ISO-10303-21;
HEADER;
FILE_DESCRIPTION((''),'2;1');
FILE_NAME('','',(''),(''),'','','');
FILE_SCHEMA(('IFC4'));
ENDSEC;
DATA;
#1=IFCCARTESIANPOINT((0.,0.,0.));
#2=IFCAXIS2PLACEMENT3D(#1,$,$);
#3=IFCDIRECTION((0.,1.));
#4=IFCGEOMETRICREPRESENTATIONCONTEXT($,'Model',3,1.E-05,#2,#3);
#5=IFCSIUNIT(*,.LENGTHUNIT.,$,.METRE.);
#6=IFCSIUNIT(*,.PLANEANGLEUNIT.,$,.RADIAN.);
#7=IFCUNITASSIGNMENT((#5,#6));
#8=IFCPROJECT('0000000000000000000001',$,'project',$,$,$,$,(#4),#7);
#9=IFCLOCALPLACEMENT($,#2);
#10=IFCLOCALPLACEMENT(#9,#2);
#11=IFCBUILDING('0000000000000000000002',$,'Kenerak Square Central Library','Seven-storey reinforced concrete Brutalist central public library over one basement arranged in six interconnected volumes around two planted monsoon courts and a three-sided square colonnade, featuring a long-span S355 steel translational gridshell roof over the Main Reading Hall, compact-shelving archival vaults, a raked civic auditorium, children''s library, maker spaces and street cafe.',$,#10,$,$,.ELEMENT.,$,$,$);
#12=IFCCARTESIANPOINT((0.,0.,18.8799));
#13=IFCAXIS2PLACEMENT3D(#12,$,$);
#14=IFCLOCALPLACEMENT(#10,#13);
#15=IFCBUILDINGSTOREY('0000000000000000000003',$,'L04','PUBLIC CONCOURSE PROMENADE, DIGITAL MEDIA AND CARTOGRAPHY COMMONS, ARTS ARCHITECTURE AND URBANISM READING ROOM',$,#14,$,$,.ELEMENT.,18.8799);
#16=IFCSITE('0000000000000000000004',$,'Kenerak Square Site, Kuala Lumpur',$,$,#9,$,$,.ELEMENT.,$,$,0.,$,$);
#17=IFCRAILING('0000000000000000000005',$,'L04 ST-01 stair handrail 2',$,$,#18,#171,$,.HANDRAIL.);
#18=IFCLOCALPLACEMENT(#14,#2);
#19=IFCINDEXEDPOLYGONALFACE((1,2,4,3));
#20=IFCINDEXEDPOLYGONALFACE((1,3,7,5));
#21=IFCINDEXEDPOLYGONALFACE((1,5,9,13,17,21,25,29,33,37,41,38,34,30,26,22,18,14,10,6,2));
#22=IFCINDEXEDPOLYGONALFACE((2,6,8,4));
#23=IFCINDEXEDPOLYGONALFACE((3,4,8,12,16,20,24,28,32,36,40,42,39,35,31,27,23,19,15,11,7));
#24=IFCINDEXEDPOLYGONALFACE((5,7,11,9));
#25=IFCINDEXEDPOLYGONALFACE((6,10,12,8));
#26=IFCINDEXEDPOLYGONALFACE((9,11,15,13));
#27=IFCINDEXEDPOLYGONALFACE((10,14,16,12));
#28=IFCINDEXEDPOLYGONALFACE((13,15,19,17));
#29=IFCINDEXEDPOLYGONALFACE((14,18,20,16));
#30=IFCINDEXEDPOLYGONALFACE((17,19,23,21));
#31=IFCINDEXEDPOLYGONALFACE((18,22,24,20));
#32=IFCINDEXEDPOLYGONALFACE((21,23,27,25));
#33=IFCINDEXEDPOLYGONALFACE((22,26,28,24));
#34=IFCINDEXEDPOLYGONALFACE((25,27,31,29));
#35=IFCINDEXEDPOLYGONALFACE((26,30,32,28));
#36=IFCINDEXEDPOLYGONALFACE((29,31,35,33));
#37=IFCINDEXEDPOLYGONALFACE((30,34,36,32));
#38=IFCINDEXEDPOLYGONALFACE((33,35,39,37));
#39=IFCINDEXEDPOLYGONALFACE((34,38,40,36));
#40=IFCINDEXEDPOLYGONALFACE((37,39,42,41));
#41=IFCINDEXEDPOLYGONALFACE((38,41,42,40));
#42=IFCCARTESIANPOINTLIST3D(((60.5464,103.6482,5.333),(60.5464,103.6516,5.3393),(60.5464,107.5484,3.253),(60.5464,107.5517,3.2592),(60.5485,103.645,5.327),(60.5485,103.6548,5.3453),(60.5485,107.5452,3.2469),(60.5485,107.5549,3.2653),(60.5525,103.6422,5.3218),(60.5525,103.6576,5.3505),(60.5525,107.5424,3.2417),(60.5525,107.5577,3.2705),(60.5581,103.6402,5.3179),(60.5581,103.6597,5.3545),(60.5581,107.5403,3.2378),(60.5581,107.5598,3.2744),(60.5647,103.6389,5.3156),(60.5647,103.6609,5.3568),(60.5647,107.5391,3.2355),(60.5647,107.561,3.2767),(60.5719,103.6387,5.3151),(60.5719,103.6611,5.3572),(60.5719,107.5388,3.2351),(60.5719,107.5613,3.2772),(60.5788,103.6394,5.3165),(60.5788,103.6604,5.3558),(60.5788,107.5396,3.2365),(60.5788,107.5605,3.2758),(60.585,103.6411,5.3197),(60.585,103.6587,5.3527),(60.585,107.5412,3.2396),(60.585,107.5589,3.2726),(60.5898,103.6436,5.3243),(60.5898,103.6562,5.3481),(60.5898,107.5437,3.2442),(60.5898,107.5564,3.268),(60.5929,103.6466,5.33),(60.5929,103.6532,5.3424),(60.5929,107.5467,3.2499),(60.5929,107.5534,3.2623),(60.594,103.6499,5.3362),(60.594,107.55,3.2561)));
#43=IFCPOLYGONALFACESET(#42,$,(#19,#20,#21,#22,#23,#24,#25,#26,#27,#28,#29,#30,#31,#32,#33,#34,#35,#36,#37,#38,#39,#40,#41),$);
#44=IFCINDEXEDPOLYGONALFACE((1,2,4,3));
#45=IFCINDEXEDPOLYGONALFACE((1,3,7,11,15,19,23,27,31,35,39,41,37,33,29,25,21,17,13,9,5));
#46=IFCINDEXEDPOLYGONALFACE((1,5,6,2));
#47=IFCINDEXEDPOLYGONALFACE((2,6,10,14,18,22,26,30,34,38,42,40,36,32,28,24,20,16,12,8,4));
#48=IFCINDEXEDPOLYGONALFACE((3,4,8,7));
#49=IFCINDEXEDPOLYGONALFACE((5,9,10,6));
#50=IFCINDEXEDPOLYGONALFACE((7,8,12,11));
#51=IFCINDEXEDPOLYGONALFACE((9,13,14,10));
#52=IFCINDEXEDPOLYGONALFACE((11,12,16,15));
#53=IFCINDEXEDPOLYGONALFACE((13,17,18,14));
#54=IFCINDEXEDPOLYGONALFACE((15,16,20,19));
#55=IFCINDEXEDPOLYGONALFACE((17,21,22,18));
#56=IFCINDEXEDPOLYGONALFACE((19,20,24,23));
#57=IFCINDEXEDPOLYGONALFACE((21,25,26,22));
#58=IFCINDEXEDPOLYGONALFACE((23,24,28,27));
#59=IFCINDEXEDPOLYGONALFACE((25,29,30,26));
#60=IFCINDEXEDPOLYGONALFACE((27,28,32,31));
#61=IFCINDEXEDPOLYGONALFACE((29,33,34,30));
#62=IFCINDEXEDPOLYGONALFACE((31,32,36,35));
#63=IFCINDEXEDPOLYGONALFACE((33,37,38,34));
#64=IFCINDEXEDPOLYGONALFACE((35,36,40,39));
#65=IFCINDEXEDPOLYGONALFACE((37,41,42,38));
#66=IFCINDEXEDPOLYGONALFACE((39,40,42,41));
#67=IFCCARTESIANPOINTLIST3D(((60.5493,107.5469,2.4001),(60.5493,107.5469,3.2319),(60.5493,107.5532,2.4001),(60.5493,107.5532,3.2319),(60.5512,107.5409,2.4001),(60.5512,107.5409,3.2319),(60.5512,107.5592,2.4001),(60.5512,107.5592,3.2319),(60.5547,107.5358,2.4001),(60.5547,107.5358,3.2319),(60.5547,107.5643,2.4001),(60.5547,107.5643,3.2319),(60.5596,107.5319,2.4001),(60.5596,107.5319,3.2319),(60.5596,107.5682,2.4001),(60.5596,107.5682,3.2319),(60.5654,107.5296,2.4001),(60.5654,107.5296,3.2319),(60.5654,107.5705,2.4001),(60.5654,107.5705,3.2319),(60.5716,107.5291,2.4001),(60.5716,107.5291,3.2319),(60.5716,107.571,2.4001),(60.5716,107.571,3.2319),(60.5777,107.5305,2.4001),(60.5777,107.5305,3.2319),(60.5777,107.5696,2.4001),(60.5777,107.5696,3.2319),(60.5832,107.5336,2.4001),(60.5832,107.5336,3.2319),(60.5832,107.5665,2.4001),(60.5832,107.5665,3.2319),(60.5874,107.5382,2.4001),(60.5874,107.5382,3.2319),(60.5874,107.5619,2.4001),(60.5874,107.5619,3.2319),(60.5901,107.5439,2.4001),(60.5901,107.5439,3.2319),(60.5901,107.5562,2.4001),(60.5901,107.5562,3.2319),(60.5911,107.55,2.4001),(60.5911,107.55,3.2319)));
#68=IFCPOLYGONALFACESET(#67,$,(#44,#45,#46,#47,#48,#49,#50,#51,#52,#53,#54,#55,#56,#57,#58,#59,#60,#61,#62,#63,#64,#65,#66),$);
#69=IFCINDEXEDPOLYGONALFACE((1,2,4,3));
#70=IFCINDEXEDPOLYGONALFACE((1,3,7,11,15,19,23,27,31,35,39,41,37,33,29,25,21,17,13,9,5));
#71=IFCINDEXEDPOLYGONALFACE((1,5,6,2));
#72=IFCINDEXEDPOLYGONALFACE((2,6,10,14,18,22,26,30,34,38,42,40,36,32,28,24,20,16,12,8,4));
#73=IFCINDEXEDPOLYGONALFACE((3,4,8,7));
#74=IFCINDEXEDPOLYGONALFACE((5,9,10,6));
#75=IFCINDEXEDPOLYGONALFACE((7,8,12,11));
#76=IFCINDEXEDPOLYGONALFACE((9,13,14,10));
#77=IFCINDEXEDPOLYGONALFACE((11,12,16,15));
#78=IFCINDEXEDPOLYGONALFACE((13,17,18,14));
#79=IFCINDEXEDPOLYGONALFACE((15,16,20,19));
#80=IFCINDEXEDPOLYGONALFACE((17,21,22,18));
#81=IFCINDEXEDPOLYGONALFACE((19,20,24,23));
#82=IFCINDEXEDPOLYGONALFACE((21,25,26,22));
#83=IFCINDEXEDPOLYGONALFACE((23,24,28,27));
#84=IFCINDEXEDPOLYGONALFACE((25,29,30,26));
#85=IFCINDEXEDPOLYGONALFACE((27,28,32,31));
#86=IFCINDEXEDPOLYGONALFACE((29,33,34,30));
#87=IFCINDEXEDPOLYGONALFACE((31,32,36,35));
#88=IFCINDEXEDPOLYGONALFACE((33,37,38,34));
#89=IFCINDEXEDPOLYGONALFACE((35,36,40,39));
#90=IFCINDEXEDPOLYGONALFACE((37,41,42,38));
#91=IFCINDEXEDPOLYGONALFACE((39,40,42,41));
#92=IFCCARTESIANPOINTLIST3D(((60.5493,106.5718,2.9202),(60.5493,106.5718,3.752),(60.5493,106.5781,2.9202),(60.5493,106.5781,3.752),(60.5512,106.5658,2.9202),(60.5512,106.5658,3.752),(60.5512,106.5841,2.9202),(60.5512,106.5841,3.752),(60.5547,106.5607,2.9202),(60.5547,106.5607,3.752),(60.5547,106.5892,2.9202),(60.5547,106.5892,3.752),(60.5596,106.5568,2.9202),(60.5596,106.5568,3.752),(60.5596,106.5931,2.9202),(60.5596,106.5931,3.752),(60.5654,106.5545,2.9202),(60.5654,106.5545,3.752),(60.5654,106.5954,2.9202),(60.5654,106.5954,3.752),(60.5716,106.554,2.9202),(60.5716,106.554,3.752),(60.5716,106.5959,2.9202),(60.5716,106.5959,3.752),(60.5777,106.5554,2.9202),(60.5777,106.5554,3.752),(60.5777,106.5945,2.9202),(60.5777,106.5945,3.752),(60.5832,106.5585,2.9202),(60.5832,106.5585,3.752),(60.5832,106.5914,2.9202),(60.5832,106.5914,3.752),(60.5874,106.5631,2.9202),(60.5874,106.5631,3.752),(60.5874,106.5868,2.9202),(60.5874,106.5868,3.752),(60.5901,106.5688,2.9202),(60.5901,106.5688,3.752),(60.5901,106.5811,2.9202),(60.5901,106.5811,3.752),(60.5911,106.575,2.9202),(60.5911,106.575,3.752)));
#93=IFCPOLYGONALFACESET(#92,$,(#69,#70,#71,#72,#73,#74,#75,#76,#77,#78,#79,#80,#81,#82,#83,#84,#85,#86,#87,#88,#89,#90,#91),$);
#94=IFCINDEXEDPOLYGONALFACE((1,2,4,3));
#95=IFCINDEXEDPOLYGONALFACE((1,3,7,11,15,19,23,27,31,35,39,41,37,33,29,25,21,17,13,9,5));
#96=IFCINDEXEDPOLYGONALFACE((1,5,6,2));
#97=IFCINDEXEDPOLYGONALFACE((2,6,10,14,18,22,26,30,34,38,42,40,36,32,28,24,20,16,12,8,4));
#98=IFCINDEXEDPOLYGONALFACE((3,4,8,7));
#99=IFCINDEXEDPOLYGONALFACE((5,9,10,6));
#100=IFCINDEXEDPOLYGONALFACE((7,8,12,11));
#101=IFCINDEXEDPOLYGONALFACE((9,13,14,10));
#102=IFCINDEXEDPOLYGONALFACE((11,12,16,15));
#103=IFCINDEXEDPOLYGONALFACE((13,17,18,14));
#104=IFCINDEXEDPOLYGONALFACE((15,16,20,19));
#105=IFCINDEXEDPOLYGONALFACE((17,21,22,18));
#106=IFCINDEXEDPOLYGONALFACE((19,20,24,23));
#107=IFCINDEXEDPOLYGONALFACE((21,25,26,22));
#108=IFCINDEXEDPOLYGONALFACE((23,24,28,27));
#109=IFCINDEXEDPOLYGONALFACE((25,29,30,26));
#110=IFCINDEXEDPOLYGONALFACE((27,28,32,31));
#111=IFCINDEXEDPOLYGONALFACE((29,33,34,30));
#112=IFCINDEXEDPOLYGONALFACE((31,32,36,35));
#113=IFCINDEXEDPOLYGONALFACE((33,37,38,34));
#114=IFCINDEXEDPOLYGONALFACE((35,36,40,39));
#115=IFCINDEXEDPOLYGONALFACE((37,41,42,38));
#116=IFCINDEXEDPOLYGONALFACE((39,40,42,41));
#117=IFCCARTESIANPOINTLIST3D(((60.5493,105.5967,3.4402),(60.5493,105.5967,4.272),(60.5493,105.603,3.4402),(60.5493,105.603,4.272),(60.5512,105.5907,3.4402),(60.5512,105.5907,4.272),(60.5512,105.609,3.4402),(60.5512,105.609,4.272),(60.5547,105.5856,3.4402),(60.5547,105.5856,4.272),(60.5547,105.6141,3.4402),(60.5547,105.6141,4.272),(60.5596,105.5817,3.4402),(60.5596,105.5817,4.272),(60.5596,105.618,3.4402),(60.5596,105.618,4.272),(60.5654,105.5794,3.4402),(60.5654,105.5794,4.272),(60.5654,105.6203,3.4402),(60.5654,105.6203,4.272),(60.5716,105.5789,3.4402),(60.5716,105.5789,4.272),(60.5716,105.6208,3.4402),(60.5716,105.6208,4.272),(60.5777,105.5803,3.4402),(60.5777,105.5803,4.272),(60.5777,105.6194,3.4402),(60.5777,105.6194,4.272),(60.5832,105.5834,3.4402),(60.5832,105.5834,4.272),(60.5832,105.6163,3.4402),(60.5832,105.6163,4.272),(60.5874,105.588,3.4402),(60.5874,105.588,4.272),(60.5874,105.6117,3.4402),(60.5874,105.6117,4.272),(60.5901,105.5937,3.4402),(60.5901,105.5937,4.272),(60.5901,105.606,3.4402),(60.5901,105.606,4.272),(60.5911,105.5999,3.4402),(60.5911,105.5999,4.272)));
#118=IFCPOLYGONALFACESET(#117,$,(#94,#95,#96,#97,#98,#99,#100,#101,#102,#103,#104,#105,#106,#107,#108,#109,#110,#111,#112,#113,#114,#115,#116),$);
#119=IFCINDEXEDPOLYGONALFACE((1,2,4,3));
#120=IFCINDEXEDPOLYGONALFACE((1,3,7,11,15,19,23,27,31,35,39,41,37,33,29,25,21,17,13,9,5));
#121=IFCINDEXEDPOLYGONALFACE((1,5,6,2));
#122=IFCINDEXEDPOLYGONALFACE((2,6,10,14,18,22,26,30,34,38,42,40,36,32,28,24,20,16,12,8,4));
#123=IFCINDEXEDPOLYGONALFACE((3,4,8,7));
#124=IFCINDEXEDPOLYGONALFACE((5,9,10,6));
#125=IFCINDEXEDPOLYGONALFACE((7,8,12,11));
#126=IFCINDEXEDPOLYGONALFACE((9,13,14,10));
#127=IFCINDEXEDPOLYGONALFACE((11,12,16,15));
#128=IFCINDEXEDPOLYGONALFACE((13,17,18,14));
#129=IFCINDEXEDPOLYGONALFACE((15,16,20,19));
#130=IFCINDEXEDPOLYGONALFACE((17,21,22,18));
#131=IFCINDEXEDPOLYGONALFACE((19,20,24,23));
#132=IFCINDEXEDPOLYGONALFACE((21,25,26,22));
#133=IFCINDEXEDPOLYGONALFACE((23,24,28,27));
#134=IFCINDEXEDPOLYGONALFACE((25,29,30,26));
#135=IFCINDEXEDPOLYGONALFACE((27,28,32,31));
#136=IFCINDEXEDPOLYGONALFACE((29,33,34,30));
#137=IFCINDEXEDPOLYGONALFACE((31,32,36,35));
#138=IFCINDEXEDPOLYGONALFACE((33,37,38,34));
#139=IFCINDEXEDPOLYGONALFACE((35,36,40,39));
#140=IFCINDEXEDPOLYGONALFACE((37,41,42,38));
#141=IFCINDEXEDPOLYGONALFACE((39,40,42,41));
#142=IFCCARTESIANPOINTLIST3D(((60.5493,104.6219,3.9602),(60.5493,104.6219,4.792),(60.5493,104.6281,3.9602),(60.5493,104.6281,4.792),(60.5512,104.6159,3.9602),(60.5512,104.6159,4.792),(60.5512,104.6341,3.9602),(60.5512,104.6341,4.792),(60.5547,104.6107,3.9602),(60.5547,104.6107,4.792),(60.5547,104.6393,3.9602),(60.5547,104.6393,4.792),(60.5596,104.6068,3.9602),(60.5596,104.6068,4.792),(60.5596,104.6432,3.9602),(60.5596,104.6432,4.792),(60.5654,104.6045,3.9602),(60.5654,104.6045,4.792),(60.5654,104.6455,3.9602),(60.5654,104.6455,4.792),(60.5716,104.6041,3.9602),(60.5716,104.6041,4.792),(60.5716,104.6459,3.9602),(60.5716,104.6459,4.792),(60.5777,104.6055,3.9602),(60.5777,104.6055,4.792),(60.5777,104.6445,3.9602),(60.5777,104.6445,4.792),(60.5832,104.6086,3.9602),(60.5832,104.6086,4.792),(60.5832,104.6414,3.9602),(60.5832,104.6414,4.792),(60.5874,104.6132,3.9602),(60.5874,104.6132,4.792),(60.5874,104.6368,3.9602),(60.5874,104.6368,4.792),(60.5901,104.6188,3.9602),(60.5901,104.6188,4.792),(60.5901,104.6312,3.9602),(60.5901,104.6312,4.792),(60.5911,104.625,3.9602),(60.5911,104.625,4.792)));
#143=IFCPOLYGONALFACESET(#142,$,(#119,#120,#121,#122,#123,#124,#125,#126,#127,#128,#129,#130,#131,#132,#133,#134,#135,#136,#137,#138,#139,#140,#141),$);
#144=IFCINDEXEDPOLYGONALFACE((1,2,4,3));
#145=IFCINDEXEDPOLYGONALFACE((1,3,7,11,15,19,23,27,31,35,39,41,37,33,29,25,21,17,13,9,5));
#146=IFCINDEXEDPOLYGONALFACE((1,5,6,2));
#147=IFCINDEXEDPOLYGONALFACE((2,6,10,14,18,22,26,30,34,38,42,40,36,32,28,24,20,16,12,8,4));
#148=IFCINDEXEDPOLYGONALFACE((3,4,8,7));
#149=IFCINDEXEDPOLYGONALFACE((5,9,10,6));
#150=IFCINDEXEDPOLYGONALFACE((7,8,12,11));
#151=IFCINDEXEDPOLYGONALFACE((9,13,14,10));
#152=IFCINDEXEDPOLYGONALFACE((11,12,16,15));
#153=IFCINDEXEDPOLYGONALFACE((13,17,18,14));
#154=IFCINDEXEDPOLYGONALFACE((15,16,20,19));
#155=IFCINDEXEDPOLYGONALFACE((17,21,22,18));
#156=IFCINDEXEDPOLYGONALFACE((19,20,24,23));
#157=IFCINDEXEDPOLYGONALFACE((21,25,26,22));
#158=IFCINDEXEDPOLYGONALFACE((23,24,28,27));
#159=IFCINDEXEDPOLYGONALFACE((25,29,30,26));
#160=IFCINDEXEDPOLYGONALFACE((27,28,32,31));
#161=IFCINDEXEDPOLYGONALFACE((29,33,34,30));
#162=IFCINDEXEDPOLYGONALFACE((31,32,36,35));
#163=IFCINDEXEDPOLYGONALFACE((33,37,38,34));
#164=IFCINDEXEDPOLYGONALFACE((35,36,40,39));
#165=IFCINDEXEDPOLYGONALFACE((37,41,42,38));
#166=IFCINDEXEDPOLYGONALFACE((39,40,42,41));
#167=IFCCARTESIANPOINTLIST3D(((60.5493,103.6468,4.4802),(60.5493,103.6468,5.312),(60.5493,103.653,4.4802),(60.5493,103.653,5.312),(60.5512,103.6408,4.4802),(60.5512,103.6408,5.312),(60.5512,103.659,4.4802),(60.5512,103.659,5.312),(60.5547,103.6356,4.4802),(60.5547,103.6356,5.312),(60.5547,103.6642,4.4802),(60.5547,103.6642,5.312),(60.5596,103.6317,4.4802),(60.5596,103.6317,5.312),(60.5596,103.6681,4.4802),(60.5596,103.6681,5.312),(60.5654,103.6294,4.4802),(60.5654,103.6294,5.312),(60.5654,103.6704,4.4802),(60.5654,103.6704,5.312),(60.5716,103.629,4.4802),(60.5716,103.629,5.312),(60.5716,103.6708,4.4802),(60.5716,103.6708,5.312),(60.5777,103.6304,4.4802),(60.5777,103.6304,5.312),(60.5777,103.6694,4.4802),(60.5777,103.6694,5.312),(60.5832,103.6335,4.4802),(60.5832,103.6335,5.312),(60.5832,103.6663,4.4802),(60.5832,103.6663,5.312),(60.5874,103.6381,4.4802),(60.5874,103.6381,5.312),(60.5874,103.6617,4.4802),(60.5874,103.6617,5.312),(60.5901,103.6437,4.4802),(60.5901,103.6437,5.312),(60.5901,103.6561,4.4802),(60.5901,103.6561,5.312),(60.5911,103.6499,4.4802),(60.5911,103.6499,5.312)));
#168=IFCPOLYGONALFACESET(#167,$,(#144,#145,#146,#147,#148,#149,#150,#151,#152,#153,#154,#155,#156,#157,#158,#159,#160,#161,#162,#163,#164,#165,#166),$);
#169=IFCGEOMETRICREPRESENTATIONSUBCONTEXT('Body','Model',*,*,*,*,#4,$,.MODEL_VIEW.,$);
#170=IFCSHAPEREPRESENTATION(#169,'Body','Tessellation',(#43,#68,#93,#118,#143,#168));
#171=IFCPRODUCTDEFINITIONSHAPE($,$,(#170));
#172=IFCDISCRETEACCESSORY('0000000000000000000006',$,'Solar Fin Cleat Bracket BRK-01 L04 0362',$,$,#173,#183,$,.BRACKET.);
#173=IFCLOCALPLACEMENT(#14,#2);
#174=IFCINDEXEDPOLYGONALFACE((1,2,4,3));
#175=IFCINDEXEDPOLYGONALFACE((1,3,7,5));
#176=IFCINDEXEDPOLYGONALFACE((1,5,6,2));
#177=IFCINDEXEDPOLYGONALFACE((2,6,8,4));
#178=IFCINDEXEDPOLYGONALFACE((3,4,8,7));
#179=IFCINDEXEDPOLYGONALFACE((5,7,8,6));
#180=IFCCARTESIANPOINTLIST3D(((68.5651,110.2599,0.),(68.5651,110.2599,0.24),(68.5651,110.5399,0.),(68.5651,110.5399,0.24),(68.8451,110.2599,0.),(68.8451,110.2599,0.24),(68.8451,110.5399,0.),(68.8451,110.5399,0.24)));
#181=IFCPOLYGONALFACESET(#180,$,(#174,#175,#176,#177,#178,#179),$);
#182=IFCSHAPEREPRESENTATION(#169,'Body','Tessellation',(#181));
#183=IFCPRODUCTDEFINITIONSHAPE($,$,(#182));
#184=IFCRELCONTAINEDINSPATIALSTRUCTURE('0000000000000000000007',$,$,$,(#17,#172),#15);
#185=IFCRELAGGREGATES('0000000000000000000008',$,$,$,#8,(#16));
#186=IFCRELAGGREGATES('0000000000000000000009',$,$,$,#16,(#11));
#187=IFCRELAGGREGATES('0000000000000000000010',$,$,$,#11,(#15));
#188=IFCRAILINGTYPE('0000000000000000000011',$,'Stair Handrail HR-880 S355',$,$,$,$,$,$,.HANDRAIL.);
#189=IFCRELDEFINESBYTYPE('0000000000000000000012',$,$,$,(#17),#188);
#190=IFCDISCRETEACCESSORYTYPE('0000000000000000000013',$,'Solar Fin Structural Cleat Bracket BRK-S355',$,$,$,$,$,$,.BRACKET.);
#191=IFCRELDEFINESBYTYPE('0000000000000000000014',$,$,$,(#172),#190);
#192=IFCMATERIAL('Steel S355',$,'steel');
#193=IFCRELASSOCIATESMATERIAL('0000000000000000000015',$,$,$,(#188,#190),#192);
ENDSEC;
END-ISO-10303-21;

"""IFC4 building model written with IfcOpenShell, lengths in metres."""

from ifc_helpers import new_model, si_unit, direction, frame, origin, origin_2d, place, context, subcontext, project, spatial, rectangle, circle, extrude, material, type_object, element, save


model = new_model("IFC4")

# Units and contexts
model_context = context("Model", 3, precision=1e-05, world=origin(), true_north=direction((0.0, 1.0)))
body_context = subcontext(model_context, "Body", "Model", "MODEL_VIEW")
ifc_project = project(units=[si_unit("LENGTHUNIT", "METRE"), si_unit("PLANEANGLEUNIT", "RADIAN")], contexts=[model_context])

# Site, building, storey
site_placement = place(None, origin())
site = spatial("IfcSite", under=ifc_project, at=site_placement, Name="Kenerak Square Site, Kuala Lumpur", CompositionType="ELEMENT", RefElevation=0.0)
building_placement = place(site_placement, origin())
building = spatial("IfcBuilding", under=site, at=building_placement, Name="Kenerak Square Central Library", Description="Seven-storey reinforced concrete Brutalist central public library over one basement arranged in six interconnected volumes around two planted monsoon courts and a three-sided square colonnade, featuring a long-span S355 steel translational gridshell roof over the Main Reading Hall, compact-shelving archival vaults, a raked civic auditorium, children's library, maker spaces and street cafe.", CompositionType="ELEMENT")
storey_placement = place(building_placement, frame((0.0, 0.0, 18.8799)))
storey = spatial("IfcBuildingStorey", under=building, at=storey_placement, Name="L04", Description="PUBLIC CONCOURSE PROMENADE, DIGITAL MEDIA AND CARTOGRAPHY COMMONS, ARTS ARCHITECTURE AND URBANISM READING ROOM", CompositionType="ELEMENT", Elevation=18.8799)

# Railing
ifc_material_1 = material(Name="Steel S355", Category="steel")
railing_type_1 = type_object("IfcRailingType", Name="Stair Handrail HR-880 S355", PredefinedType="HANDRAIL", material=ifc_material_1)
railing_1_placement = place(storey_placement, frame((60.5701, 107.55, 2.4001)))
element("IfcRailing", 1, at=railing_1_placement, inside=storey, type_object=railing_type_1, Name="L04 ST-01 stair handrail 2", PredefinedType="HANDRAIL", context=body_context, shape_type="SweptSolid", body=[
    extrude(circle(Radius=0.0239, at=origin_2d()), frame((0.0, 0.0, 0.856), z_axis=(0.0, -0.882353, 0.470588), x_axis=(1.0, 0.0, 0.0)), (0.0, 0.0, 1.0), 4.4202),
    extrude(circle(Radius=0.021, at=origin_2d()), origin(), (0.0, 0.0, 1.0), 0.8318),
    extrude(circle(Radius=0.021, at=origin_2d()), frame((0.0, -0.9751, 0.52)), (0.0, 0.0, 1.0), 0.8318),
    extrude(circle(Radius=0.021, at=origin_2d()), frame((0.0, -1.9502, 1.04)), (0.0, 0.0, 1.0), 0.8318),
    extrude(circle(Radius=0.021, at=origin_2d()), frame((0.0, -2.925, 1.5601)), (0.0, 0.0, 1.0), 0.8318),
    extrude(circle(Radius=0.021, at=origin_2d()), frame((0.0, -3.9001, 2.0801)), (0.0, 0.0, 1.0), 0.8318),
])

# Discrete accessory
discrete_accessory_type = type_object("IfcDiscreteAccessoryType", Name="Solar Fin Structural Cleat Bracket BRK-S355", PredefinedType="BRACKET", material=ifc_material_1)
discrete_accessory_placement = place(storey_placement, frame((68.7051, 110.3999, 0.0), z_axis=(0.0, 0.0, 1.0), x_axis=(1.0, 0.0, 0.0)))
element("IfcDiscreteAccessory", 2, at=discrete_accessory_placement, inside=storey, type_object=discrete_accessory_type, Name="Solar Fin Cleat Bracket BRK-01 L04 0362", PredefinedType="BRACKET", context=body_context, shape_type="SweptSolid", body=[
    extrude(rectangle(XDim=0.28, YDim=0.28, at=origin_2d()), origin(), (0.0, 0.0, 1.0), 0.24),
])

save(model, "model.ifc")
